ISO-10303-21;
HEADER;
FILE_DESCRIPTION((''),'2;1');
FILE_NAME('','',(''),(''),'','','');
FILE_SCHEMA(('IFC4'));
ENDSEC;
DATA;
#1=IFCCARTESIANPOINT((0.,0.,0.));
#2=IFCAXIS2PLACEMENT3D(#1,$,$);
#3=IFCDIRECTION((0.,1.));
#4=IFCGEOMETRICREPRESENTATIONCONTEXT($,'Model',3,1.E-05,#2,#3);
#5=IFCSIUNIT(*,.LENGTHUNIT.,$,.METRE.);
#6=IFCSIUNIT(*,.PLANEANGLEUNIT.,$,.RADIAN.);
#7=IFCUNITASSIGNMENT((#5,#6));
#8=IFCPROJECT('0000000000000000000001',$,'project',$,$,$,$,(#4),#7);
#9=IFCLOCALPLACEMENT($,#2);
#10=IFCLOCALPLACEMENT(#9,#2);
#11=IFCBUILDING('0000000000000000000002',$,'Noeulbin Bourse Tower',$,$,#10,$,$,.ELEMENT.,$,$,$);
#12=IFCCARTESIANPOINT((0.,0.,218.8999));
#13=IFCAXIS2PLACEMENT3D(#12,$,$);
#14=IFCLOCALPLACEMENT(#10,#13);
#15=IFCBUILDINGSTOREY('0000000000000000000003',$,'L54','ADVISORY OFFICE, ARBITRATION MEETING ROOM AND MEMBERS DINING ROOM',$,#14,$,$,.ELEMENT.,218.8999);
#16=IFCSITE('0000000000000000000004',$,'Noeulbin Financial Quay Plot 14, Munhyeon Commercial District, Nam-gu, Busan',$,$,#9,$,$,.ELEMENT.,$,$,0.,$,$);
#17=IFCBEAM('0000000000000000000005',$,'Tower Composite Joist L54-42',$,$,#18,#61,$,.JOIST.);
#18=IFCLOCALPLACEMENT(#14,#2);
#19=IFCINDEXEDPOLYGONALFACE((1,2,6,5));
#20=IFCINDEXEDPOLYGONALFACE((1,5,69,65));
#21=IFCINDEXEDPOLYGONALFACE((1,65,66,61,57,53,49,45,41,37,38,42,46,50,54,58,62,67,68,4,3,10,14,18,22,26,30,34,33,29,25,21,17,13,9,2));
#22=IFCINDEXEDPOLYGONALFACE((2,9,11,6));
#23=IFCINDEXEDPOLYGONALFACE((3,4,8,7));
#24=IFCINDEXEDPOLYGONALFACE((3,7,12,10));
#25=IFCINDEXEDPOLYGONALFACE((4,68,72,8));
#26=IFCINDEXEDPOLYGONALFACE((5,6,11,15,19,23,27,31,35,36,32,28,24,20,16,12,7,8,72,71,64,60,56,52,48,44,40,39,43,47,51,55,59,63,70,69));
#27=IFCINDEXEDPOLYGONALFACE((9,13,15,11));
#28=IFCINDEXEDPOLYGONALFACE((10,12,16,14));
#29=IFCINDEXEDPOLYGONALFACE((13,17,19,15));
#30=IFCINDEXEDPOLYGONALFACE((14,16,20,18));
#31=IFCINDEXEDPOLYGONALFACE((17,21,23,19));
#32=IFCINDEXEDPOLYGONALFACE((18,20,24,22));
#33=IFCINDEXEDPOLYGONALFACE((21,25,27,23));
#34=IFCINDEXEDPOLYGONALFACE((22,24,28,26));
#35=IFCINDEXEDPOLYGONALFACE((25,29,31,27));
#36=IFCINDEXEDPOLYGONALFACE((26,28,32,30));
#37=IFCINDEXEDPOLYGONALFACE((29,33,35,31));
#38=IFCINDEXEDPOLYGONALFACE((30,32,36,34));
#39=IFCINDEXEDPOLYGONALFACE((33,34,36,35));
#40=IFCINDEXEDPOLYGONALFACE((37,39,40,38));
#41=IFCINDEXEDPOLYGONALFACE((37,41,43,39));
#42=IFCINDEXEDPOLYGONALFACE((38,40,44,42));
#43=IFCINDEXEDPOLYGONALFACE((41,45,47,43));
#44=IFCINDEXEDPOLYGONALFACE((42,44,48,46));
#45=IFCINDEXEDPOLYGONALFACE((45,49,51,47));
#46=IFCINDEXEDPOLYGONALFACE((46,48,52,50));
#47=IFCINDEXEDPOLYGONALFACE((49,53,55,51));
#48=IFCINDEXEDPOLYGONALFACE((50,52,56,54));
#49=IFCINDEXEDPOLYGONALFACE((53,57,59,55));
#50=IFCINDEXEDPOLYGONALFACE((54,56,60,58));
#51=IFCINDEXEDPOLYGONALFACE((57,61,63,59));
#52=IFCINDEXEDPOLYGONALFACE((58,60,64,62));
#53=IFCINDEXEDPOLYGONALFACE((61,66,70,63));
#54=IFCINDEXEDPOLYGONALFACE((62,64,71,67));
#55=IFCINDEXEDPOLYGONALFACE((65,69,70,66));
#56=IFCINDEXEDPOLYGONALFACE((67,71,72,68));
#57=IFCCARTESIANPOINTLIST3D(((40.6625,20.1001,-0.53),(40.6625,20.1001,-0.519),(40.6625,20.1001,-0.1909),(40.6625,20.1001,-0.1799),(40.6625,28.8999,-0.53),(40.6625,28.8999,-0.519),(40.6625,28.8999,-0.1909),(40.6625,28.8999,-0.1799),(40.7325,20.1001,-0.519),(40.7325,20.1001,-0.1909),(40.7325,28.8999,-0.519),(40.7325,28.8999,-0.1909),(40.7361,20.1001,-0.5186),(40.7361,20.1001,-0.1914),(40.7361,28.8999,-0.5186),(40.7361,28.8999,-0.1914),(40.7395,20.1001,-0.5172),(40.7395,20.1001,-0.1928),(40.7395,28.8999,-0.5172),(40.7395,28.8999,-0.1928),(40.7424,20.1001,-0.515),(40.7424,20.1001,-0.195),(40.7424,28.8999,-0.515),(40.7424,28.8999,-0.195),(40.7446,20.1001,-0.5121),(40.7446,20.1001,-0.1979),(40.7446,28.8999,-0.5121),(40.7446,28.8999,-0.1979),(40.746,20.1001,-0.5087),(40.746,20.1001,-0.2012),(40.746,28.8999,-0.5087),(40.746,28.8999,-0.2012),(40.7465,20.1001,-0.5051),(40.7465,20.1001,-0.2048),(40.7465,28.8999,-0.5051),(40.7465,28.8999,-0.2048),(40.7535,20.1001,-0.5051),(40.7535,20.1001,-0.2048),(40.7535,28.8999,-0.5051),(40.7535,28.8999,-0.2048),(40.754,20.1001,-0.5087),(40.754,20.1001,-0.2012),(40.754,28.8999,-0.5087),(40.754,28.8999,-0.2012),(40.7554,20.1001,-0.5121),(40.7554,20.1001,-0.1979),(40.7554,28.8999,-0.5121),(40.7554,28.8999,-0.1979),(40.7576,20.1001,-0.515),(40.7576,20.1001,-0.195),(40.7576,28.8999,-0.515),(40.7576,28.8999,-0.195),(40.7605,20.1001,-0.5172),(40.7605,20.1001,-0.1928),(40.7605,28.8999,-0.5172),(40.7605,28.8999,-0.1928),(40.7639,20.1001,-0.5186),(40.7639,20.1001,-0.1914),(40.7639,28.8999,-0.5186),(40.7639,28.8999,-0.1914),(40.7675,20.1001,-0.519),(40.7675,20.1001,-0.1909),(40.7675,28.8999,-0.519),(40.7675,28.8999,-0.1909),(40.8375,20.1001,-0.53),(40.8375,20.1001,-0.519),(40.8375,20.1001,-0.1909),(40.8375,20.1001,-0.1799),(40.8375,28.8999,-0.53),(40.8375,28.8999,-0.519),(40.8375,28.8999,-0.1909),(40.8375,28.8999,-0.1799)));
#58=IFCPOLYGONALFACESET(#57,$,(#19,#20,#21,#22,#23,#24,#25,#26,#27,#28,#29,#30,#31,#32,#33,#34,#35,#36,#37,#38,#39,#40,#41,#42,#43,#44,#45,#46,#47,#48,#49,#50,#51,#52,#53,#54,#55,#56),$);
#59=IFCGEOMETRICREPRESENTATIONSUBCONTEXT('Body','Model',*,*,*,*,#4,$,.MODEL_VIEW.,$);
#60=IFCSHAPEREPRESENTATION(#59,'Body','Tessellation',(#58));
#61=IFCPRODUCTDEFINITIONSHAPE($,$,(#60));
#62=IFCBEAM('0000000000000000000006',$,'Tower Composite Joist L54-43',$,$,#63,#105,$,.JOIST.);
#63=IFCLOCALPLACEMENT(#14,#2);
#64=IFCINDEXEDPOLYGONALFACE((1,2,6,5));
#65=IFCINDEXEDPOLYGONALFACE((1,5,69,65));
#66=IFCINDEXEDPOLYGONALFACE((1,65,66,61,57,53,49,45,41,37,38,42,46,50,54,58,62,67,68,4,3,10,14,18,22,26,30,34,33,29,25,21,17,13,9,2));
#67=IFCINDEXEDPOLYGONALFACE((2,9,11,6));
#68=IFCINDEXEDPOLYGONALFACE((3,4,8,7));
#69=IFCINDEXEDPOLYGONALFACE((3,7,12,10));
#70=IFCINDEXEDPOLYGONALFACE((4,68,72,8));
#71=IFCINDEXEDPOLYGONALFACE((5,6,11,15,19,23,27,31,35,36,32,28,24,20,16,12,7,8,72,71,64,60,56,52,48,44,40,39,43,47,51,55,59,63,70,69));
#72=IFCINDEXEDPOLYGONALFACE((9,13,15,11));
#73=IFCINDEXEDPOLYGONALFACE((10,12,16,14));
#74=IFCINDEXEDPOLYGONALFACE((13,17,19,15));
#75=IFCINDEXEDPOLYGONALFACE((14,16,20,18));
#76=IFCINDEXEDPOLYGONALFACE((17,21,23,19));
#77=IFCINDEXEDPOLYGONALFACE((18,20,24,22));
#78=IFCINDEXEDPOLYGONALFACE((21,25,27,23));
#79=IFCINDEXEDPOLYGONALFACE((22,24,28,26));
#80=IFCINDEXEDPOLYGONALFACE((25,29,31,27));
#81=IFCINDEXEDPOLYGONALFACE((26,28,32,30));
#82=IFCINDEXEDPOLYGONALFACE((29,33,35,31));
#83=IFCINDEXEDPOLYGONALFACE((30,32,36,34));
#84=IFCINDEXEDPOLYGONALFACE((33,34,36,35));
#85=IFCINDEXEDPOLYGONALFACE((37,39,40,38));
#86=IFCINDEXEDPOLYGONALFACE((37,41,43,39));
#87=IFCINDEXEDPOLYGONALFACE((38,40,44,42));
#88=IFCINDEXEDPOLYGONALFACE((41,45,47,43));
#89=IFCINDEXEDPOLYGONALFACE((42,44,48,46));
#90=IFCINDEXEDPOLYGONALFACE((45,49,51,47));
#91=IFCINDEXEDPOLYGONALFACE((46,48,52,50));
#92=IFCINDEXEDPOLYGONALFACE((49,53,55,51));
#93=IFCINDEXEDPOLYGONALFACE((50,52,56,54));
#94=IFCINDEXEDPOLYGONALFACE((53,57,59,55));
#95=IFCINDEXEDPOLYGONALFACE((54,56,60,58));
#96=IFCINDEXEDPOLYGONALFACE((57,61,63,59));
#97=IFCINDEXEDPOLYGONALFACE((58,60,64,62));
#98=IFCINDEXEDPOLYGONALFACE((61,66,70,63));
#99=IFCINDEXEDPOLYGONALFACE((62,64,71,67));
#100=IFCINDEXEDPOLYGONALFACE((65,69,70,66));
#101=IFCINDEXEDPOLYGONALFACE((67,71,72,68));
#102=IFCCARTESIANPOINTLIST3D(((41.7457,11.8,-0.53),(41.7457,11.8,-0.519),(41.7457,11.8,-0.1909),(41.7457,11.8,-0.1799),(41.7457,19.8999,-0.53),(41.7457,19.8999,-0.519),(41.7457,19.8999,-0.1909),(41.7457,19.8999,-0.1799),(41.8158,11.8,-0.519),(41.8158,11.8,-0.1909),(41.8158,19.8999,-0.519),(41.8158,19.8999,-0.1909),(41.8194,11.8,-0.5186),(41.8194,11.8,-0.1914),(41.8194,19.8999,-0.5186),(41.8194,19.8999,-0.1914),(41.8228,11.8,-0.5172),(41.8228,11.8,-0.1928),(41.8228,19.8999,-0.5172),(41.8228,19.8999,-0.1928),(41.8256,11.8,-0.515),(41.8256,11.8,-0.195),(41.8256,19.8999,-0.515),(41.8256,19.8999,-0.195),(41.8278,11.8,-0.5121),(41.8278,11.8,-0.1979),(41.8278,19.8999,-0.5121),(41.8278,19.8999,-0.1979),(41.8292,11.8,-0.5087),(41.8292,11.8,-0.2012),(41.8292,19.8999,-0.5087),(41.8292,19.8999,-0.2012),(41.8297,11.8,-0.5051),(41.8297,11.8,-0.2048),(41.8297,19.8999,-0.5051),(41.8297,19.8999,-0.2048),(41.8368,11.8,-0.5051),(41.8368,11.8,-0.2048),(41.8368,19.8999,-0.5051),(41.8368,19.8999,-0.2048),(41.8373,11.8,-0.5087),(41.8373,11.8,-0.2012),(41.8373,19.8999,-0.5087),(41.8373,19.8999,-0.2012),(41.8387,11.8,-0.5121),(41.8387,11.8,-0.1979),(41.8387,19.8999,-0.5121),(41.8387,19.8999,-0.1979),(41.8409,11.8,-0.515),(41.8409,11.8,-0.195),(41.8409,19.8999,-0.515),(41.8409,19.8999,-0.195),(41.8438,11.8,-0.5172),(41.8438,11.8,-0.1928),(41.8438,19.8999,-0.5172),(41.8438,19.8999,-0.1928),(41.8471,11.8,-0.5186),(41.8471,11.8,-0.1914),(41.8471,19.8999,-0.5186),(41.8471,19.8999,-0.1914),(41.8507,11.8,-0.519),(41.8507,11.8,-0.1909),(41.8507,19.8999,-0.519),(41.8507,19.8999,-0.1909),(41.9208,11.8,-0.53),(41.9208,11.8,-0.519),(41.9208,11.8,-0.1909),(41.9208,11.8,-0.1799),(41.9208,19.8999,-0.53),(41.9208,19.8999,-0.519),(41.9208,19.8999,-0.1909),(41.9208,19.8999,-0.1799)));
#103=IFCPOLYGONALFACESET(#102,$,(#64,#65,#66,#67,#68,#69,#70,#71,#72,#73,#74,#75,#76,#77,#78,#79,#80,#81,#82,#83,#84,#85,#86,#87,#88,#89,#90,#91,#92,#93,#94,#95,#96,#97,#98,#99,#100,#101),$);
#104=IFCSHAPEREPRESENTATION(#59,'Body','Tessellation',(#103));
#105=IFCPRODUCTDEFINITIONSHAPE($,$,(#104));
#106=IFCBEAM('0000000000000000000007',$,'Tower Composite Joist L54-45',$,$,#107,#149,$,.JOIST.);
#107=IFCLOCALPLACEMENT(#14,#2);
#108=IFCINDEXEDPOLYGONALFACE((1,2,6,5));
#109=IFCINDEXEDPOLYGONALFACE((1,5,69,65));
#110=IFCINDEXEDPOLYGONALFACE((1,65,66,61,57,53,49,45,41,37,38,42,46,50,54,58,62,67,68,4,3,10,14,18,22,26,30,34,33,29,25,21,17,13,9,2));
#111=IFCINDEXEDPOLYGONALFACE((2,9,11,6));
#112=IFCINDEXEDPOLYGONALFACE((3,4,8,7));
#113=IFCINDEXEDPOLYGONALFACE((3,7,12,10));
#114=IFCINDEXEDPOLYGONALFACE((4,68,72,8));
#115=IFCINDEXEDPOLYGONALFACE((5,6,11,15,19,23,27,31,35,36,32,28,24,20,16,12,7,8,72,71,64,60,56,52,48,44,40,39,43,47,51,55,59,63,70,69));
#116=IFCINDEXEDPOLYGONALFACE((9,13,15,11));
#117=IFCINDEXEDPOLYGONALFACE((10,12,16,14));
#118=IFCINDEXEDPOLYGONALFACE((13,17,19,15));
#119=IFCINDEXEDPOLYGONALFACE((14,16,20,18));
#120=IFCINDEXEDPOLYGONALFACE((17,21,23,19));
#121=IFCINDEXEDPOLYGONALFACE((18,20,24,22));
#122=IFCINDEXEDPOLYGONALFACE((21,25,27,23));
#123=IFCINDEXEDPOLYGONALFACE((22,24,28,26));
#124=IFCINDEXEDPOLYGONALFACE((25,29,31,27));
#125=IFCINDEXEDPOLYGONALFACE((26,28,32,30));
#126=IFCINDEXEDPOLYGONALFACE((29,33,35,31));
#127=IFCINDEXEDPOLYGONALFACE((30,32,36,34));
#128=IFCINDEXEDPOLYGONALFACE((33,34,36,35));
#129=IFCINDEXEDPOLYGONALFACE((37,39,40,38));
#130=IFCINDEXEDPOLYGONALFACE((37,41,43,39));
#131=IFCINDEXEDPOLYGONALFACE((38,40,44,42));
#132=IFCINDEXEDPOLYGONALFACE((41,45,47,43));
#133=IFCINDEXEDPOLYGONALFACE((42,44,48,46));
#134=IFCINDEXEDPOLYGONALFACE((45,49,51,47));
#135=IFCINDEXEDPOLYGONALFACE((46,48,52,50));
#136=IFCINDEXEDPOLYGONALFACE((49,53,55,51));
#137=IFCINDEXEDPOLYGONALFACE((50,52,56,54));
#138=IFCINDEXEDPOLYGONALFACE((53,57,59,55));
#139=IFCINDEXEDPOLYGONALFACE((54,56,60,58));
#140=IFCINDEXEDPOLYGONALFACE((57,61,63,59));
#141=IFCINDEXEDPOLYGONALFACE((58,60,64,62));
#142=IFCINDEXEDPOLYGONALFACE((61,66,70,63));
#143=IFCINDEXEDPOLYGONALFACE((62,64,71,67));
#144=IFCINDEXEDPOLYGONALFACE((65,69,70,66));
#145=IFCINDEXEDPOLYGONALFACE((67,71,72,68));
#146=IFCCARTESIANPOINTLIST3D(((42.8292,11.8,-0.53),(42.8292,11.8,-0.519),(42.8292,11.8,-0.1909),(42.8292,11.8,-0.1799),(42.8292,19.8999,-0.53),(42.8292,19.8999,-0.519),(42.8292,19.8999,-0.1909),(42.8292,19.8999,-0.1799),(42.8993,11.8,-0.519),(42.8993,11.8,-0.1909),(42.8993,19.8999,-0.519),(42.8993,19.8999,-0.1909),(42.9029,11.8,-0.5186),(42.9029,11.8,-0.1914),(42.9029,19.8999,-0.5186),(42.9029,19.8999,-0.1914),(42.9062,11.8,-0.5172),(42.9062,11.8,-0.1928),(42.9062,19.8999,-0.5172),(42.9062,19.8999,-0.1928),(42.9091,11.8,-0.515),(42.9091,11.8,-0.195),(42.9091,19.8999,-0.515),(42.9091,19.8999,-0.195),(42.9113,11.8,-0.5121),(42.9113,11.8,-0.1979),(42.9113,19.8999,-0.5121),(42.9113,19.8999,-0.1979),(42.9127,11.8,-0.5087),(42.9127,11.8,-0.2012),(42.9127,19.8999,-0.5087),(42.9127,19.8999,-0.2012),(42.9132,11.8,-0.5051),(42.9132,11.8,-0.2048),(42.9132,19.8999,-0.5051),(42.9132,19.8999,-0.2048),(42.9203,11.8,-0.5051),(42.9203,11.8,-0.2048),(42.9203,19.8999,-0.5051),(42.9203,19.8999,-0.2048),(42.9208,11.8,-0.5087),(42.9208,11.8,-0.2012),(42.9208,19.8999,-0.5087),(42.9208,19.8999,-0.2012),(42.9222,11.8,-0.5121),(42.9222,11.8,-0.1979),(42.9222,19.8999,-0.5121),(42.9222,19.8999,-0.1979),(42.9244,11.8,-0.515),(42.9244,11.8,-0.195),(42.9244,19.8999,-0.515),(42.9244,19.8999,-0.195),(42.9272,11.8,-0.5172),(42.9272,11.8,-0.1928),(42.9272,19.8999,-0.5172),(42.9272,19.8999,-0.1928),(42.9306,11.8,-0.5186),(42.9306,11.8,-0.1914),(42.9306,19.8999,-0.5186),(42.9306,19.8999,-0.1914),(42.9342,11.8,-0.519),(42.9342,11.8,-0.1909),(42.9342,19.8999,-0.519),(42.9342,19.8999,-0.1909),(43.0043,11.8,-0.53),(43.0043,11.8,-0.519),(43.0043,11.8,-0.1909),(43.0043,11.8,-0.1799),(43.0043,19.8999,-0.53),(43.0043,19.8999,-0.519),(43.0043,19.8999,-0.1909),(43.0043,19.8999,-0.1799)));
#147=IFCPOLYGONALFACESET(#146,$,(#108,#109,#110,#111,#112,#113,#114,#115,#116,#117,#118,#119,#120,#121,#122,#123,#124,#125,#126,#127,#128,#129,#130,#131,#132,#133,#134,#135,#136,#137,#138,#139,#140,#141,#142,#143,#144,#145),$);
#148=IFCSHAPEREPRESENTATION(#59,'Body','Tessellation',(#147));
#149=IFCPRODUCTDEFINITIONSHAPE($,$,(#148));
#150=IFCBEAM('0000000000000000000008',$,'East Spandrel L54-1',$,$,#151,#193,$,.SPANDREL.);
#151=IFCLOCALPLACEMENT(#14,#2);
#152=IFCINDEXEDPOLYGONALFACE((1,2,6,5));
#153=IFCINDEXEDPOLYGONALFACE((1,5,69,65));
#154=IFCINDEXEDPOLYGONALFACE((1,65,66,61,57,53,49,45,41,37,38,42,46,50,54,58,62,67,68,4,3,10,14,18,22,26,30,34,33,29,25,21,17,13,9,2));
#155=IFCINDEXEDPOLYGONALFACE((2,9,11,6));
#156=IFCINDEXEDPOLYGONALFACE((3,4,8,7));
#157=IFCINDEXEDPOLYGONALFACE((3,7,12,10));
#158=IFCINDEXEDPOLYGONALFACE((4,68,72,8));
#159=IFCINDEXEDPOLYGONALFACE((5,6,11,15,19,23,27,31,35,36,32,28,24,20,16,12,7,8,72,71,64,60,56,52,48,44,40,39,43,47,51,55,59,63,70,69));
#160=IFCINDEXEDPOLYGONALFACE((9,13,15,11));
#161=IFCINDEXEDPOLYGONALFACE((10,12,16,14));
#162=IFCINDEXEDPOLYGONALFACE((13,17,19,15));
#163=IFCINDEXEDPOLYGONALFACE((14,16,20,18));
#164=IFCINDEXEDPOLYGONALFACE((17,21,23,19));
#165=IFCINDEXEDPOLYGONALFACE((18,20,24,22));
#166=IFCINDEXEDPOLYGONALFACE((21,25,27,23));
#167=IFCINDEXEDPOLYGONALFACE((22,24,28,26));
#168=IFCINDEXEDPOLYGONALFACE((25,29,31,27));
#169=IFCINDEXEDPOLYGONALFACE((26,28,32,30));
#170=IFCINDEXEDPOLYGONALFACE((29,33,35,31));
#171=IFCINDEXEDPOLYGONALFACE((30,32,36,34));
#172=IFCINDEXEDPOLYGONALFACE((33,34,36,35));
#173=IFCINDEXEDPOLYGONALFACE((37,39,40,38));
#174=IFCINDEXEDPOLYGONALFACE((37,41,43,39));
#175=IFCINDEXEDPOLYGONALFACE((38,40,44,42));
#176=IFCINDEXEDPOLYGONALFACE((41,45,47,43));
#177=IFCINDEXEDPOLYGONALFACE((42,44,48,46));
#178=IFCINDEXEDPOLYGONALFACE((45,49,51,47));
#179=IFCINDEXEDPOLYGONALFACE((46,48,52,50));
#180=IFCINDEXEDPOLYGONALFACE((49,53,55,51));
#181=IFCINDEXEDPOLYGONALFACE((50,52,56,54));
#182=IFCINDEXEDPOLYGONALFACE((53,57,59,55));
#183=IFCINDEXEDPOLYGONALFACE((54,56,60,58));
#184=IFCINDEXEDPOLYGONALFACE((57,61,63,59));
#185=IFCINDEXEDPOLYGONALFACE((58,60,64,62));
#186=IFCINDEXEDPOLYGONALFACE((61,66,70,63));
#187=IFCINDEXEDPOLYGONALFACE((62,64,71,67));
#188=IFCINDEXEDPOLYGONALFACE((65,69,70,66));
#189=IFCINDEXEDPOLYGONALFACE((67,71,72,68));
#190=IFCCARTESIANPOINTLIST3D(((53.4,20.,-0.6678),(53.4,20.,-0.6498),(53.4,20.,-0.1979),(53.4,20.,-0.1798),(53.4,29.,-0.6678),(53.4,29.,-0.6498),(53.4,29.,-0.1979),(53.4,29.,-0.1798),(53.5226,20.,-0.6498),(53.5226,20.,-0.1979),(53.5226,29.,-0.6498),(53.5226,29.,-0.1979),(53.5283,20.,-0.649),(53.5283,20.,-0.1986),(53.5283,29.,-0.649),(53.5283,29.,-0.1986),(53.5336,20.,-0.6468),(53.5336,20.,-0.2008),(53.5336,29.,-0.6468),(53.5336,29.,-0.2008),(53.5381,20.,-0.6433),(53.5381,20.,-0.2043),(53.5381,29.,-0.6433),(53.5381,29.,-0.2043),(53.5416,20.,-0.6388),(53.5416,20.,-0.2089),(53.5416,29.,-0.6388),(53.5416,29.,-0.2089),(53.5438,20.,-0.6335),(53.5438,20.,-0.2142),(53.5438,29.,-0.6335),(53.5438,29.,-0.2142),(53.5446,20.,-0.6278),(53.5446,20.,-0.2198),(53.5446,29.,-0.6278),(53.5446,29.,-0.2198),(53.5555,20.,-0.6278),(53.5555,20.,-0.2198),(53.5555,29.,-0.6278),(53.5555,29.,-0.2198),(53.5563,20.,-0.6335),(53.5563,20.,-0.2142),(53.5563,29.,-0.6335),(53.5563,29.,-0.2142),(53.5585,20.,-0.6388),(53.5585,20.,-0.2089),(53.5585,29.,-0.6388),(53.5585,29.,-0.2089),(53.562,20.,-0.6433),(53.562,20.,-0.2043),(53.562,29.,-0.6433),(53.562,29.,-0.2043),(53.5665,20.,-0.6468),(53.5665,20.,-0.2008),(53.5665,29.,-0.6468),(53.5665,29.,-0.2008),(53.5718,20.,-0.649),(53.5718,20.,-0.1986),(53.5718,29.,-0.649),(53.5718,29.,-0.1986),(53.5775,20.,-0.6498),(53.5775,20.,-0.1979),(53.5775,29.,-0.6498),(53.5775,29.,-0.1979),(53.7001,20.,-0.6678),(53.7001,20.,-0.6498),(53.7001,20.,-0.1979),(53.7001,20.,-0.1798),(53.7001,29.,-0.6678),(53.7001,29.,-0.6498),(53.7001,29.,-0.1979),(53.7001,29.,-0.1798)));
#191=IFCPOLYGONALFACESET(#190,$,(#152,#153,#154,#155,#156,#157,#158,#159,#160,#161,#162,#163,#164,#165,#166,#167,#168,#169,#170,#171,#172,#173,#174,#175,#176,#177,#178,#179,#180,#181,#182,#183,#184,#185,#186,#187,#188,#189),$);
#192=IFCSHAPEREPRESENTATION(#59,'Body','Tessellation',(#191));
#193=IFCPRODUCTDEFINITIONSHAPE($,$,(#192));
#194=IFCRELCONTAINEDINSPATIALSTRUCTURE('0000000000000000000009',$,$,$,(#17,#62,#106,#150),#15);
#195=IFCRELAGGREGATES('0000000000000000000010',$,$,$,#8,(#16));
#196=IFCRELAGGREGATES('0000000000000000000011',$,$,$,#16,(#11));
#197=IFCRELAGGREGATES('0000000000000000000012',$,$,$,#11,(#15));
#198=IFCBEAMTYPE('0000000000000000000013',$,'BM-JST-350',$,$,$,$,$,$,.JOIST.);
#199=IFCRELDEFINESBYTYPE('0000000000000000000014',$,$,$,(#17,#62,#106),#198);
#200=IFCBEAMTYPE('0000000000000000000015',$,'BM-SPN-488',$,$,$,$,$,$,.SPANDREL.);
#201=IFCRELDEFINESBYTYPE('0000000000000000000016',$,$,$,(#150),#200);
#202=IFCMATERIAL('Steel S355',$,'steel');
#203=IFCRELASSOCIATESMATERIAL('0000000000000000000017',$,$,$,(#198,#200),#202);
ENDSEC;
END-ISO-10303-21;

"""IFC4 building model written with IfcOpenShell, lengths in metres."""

from ifc_helpers import new_model, si_unit, direction, frame, origin, origin_2d, place, context, subcontext, project, spatial, i_section, extrude, material, material_profile, profile_set, type_object, element, save


model = new_model("IFC4")

# Units and contexts
model_context = context("Model", 3, precision=1e-05, world=origin(), true_north=direction((0.0, 1.0)))
body_context = subcontext(model_context, "Body", "Model", "MODEL_VIEW")
ifc_project = project(units=[si_unit("LENGTHUNIT", "METRE"), si_unit("PLANEANGLEUNIT", "RADIAN")], contexts=[model_context])

# Site, building, storey
site_placement = place(None, origin())
site = spatial("IfcSite", under=ifc_project, at=site_placement, Name="Noeulbin Financial Quay Plot 14, Munhyeon Commercial District, Nam-gu, Busan", CompositionType="ELEMENT", RefElevation=0.0)
building_placement = place(site_placement, origin())
building = spatial("IfcBuilding", under=site, at=building_placement, Name="Noeulbin Bourse Tower", CompositionType="ELEMENT")
storey_placement = place(building_placement, frame((0.0, 0.0, 218.8999)))
storey = spatial("IfcBuildingStorey", under=building, at=storey_placement, Name="L54", Description="ADVISORY OFFICE, ARBITRATION MEETING ROOM AND MEMBERS DINING ROOM", CompositionType="ELEMENT", Elevation=218.8999)

# Shared definitions
ifc_material_1 = material(Name="Steel S355", Category="steel")

# Beams
ifc_material_profile_1 = material_profile(ifc_material_1, i_section(OverallWidth=0.175, OverallDepth=0.3501, WebThickness=0.0071, FlangeThickness=0.011, FilletRadius=0.0139, at=origin_2d()), Name="H-350x175x7x11", Category="LoadBearing")
ifc_profile_set_1 = profile_set([ifc_material_profile_1], Name="Steel S355")
beam_type_1 = type_object("IfcBeamType", Name="BM-JST-350", PredefinedType="JOIST", material=ifc_profile_set_1)
beam_1_placement = place(storey_placement, frame((40.75, 20.1001, -0.355), z_axis=(0.0, 1.0, 0.0), x_axis=(-1.0, 0.0, 0.0)))
element("IfcBeam", 1, at=beam_1_placement, inside=storey, type_object=beam_type_1, Name="Tower Composite Joist L54-42", PredefinedType="JOIST", context=body_context, shape_type="SweptSolid", body=[
    extrude(i_section(OverallWidth=0.175, OverallDepth=0.3501, WebThickness=0.0071, FlangeThickness=0.011, FilletRadius=0.0139, at=origin_2d()), origin(), (0.0, 0.0, 1.0), 8.7998),
])
for number, where, z_axis, x_axis, name in (
    (2, (41.8333, 11.8, -0.355), (0.0, 1.0, 0.0), (-1.0, 0.0, 0.0), "Tower Composite Joist L54-43"),
    (3, (42.9167, 11.8, -0.355), (0.0, 1.0, 0.0), (-1.0, 0.0, 0.0), "Tower Composite Joist L54-45"),
):
    element("IfcBeam", number, at=place(storey_placement, frame(where, z_axis=z_axis, x_axis=x_axis)), inside=storey, type_object=beam_type_1, Name=name, PredefinedType="JOIST", context=body_context, shape_type="SweptSolid", body=[
        extrude(i_section(OverallWidth=0.175, OverallDepth=0.3501, WebThickness=0.0071, FlangeThickness=0.011, FilletRadius=0.0139, at=origin_2d()), origin(), (0.0, 0.0, 1.0), 8.0999),
    ])
ifc_material_profile_2 = material_profile(ifc_material_1, i_section(OverallWidth=0.3, OverallDepth=0.488, WebThickness=0.011, FlangeThickness=0.0181, FilletRadius=0.022, at=origin_2d()), Name="H-488x300x11x18", Category="LoadBearing")
ifc_profile_set_2 = profile_set([ifc_material_profile_2], Name="Steel S355")
beam_type_2 = type_object("IfcBeamType", Name="BM-SPN-488", PredefinedType="SPANDREL", material=ifc_profile_set_2)
beam_2_placement = place(storey_placement, frame((53.55, 20.0, -0.4238), z_axis=(0.0, 1.0, 0.0), x_axis=(-1.0, 0.0, 0.0)))
element("IfcBeam", 4, at=beam_2_placement, inside=storey, type_object=beam_type_2, Name="East Spandrel L54-1", PredefinedType="SPANDREL", context=body_context, shape_type="SweptSolid", body=[
    extrude(i_section(OverallWidth=0.3, OverallDepth=0.488, WebThickness=0.011, FlangeThickness=0.0181, FilletRadius=0.022, at=origin_2d()), origin(), (0.0, 0.0, 1.0), 9.0),
])

save(model, "model.ifc")
